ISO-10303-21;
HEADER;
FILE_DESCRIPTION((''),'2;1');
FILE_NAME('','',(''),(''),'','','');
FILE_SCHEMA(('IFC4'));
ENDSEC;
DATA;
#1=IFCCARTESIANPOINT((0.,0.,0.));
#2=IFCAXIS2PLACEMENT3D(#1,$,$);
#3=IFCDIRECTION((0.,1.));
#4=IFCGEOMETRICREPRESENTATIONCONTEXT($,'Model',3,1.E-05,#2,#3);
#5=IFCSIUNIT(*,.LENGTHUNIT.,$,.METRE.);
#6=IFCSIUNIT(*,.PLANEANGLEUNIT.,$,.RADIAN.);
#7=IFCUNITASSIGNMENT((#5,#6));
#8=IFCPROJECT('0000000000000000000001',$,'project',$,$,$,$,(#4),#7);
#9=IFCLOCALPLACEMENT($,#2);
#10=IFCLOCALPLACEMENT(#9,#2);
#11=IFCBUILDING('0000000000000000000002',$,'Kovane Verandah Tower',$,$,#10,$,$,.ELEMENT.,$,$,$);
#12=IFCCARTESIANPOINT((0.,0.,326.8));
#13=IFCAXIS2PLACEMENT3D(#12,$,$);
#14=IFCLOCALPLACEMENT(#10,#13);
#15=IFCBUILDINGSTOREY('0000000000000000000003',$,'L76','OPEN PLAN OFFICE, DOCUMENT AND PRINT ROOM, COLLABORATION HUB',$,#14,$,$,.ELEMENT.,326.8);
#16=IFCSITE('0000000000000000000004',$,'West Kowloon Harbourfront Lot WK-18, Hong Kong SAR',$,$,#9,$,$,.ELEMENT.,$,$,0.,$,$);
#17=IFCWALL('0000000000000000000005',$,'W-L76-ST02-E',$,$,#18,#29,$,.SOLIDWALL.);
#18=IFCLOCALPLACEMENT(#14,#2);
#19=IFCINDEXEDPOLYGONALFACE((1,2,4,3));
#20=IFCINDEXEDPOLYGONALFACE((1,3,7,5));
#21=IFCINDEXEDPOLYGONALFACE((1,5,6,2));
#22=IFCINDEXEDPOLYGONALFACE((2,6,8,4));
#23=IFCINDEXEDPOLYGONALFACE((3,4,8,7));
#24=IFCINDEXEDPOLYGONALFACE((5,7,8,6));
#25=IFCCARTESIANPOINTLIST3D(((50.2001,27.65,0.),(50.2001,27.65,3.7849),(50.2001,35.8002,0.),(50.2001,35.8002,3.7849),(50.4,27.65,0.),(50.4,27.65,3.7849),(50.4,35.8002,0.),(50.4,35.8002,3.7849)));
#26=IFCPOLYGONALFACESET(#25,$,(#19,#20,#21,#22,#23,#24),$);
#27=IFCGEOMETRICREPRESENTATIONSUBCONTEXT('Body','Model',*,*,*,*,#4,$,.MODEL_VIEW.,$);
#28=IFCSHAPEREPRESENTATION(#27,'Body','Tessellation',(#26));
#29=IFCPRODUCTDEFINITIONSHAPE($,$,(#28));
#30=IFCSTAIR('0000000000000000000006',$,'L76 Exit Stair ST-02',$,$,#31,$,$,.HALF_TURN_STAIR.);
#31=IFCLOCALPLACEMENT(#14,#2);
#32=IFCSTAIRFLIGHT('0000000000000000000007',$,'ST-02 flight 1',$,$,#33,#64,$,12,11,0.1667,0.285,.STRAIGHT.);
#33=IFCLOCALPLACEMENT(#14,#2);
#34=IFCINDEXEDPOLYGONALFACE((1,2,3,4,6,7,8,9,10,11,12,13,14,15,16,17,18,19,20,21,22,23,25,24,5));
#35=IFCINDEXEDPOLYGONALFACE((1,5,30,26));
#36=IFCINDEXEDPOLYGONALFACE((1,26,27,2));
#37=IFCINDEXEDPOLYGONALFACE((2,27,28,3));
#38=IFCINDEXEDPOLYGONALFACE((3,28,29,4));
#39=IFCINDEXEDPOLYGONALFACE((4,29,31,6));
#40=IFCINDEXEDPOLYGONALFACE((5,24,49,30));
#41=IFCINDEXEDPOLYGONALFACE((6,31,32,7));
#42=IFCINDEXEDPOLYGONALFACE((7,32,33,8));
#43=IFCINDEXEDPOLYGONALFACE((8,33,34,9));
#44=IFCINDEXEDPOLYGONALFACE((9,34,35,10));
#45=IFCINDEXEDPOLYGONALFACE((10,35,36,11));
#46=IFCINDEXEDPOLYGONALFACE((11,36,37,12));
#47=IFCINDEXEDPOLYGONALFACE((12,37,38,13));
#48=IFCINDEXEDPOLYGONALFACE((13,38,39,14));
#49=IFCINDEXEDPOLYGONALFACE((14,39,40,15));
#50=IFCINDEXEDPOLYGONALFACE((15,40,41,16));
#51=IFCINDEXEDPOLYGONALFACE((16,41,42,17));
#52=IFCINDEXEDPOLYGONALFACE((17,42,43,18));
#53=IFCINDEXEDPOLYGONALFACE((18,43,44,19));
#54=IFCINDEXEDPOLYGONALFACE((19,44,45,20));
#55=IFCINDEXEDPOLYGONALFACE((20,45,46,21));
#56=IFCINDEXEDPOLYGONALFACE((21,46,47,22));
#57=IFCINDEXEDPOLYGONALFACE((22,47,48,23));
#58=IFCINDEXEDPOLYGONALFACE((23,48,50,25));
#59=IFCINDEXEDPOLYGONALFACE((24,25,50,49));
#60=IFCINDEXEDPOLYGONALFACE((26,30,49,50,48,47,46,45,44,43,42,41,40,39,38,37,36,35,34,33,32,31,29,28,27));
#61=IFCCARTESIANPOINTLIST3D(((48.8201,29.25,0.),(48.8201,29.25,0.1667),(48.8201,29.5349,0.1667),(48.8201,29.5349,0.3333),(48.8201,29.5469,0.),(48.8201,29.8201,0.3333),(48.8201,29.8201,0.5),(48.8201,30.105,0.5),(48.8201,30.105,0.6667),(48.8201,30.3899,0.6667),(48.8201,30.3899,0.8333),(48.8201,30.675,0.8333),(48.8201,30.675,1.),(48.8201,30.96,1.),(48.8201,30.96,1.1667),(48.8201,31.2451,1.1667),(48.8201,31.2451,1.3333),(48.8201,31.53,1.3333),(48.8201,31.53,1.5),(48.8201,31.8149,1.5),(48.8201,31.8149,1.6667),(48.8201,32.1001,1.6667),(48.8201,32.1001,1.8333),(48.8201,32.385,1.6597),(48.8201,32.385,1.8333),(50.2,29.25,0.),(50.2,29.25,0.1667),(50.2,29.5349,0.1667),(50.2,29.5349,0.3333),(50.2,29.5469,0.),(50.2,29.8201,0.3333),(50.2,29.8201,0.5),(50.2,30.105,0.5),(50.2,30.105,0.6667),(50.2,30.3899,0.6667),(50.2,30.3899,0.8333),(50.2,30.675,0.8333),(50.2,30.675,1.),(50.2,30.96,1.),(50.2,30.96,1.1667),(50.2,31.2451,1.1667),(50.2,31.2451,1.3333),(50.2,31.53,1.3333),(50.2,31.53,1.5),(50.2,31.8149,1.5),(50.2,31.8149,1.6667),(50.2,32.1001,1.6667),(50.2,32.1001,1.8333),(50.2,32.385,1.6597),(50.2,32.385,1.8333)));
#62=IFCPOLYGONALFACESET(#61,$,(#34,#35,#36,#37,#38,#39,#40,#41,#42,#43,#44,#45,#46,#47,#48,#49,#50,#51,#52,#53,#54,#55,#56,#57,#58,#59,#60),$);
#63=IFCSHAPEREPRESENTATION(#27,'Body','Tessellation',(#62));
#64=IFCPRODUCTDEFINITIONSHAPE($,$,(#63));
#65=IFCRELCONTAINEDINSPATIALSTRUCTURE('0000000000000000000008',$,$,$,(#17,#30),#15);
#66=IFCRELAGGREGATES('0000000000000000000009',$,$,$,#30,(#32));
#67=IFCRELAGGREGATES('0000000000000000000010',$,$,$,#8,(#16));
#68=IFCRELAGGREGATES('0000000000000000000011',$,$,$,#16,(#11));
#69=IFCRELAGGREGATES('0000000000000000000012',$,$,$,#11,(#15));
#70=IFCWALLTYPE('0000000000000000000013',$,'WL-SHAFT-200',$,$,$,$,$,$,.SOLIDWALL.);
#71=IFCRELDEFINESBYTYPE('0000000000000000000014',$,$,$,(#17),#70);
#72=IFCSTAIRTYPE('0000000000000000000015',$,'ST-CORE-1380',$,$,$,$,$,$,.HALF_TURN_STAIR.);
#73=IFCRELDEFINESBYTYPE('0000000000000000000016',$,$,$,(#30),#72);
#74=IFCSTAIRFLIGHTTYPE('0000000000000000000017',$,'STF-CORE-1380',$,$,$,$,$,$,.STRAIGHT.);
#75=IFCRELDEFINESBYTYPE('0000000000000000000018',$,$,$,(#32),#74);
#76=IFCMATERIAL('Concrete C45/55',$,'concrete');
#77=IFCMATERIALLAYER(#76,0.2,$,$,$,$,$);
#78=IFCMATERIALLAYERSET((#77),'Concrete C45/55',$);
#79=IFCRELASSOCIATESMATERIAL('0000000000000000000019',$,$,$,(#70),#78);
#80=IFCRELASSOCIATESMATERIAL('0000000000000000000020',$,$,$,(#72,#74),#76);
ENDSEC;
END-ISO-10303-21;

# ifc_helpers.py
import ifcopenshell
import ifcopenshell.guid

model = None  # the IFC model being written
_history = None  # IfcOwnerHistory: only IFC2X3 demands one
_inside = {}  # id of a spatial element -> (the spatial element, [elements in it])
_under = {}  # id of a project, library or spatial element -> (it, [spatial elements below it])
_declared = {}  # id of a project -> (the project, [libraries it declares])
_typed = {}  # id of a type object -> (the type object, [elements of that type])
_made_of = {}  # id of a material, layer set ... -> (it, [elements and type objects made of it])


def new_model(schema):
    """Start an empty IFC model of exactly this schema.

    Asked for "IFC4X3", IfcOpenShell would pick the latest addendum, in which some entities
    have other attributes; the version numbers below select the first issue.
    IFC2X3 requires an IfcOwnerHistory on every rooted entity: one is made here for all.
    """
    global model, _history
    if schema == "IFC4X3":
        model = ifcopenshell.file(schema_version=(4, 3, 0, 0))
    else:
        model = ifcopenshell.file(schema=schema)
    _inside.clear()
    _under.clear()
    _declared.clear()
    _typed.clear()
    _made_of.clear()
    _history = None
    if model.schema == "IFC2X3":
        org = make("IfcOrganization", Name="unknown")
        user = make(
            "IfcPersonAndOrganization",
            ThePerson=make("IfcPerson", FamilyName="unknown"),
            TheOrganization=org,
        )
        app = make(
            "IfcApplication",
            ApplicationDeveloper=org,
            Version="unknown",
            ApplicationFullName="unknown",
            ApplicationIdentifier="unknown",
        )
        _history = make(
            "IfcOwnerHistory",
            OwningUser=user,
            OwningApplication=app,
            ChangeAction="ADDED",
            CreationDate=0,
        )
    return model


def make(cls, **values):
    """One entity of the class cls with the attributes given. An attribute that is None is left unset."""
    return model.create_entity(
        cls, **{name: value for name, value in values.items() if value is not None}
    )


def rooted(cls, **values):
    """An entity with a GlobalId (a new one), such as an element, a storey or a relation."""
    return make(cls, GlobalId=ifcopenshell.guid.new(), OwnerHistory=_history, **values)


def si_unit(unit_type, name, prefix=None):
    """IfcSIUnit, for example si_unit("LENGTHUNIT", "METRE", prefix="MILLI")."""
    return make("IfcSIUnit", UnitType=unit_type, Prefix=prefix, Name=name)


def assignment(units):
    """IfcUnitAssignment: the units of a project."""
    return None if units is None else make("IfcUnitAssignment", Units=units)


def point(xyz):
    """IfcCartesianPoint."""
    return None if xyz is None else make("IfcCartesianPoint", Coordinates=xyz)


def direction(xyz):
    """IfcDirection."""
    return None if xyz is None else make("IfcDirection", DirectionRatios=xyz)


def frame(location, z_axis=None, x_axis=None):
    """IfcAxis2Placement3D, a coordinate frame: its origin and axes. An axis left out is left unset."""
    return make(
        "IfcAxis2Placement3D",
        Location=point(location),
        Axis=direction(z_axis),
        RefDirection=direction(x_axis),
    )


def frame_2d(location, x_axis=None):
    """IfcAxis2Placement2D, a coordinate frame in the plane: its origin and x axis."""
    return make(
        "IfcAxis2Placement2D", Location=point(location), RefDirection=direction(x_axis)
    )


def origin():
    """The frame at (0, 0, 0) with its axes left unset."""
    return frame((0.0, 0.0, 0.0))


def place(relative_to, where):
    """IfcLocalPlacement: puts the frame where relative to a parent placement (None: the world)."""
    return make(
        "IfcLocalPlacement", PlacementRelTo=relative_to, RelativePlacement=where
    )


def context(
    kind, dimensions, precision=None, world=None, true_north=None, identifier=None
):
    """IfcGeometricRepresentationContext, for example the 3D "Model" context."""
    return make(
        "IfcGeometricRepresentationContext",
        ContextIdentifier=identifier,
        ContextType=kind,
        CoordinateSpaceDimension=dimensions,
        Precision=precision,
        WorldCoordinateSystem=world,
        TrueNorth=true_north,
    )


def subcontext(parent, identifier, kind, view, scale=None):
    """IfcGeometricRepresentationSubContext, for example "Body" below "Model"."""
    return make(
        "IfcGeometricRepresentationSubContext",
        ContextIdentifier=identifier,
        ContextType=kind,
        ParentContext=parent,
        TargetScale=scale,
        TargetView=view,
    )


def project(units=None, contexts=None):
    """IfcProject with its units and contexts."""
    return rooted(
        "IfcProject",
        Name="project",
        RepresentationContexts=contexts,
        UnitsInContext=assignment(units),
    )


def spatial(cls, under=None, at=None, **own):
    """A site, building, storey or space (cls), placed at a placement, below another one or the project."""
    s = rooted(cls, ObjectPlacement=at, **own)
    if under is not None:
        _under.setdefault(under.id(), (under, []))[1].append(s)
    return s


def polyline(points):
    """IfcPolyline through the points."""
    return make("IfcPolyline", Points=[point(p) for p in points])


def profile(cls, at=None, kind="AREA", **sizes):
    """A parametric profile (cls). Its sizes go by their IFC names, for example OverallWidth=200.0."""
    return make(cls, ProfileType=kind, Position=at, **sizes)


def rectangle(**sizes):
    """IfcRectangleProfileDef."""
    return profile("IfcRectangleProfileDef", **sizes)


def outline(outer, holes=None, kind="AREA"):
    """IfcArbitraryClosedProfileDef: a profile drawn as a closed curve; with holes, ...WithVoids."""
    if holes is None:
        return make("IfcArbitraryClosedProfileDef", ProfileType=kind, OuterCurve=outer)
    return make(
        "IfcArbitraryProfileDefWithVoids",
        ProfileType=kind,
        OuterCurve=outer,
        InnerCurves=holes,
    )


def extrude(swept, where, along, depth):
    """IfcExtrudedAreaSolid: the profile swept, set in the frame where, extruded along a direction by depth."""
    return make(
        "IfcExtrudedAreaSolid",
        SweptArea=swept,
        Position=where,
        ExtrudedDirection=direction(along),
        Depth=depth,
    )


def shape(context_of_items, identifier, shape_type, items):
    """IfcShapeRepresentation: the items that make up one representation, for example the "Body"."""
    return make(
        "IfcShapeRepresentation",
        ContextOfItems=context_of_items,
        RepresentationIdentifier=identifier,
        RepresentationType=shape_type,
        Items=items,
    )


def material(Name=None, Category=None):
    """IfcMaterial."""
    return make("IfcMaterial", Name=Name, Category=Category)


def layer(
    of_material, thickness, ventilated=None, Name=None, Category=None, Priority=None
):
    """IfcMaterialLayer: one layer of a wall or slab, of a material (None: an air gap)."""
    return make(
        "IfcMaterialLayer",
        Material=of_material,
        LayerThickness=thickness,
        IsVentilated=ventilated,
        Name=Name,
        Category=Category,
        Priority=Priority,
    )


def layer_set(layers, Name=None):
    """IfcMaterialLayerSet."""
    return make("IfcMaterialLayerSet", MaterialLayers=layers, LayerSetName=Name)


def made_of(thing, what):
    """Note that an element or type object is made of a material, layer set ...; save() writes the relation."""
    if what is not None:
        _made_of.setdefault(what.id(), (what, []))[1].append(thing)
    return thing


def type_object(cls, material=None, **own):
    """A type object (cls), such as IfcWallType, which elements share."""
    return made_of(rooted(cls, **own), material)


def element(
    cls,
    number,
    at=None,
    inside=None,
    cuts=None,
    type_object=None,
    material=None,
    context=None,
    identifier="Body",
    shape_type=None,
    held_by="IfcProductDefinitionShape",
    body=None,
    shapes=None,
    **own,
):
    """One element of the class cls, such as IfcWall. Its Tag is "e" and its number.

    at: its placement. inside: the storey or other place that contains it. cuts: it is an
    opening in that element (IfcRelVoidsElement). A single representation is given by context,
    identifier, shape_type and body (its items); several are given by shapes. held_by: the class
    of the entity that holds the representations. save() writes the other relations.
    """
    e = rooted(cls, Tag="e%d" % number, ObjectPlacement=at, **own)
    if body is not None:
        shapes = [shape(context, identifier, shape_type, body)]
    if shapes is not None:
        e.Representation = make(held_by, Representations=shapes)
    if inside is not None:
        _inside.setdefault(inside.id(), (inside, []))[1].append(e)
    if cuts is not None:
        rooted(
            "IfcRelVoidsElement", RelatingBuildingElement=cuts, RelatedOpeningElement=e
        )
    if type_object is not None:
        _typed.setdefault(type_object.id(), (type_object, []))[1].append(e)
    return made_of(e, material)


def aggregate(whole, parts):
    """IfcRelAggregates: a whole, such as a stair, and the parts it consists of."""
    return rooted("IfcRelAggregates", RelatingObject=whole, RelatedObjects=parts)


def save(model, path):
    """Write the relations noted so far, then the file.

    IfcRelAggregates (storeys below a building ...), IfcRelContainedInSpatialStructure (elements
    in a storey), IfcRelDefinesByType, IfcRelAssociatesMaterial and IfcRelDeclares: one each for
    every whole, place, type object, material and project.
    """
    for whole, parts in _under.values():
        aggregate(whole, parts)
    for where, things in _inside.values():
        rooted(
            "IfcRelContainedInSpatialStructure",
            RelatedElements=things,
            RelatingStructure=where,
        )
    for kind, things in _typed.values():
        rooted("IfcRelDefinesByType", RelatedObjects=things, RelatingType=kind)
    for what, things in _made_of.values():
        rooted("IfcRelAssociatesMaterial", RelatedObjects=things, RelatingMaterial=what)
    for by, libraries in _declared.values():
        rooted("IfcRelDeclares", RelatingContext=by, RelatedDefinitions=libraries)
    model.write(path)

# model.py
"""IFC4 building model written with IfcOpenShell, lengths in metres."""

from ifc_helpers import new_model, si_unit, direction, frame, frame_2d, origin, place, context, subcontext, project, spatial, polyline, rectangle, outline, extrude, material, layer, layer_set, type_object, element, aggregate, save


model = new_model("IFC4")

# Units and contexts
model_context = context("Model", 3, precision=1e-05, world=origin(), true_north=direction((0.0, 1.0)))
body_context = subcontext(model_context, "Body", "Model", "MODEL_VIEW")
ifc_project = project(units=[si_unit("LENGTHUNIT", "METRE"), si_unit("PLANEANGLEUNIT", "RADIAN")], contexts=[model_context])

# Site, building, storey
site_placement = place(None, origin())
site = spatial("IfcSite", under=ifc_project, at=site_placement, Name="West Kowloon Harbourfront Lot WK-18, Hong Kong SAR", CompositionType="ELEMENT", RefElevation=0.0)
building_placement = place(site_placement, origin())
building = spatial("IfcBuilding", under=site, at=building_placement, Name="Kovane Verandah Tower", CompositionType="ELEMENT")
storey_placement = place(building_placement, frame((0.0, 0.0, 326.8)))
storey = spatial("IfcBuildingStorey", under=building, at=storey_placement, Name="L76", Description="OPEN PLAN OFFICE, DOCUMENT AND PRINT ROOM, COLLABORATION HUB", CompositionType="ELEMENT", Elevation=326.8)

# Wall
ifc_material_1 = material(Name="Concrete C45/55", Category="concrete")
ifc_layer_1 = layer(ifc_material_1, 0.2)
ifc_layer_set_1 = layer_set([ifc_layer_1], Name="Concrete C45/55")
wall_type_1 = type_object("IfcWallType", Name="WL-SHAFT-200", PredefinedType="SOLIDWALL", material=ifc_layer_set_1)
wall_1_placement = place(storey_placement, frame((50.3, 27.6499, 0.0), z_axis=(0.0, 0.0, 1.0), x_axis=(0.0, 1.0, 0.0)))
element("IfcWall", 1, at=wall_1_placement, inside=storey, type_object=wall_type_1, Name="W-L76-ST02-E", PredefinedType="SOLIDWALL", context=body_context, shape_type="SweptSolid", body=[
    extrude(rectangle(XDim=8.1501, YDim=0.2, at=frame_2d((4.0752, 0.0))), origin(), (0.0, 0.0, 1.0), 3.7849),
])

# Stair, stair flight
stair_type = type_object("IfcStairType", Name="ST-CORE-1380", PredefinedType="HALF_TURN_STAIR", material=ifc_material_1)
stair_placement = place(storey_placement, origin())
stair = element("IfcStair", 2, at=stair_placement, inside=storey, type_object=stair_type, Name="L76 Exit Stair ST-02", PredefinedType="HALF_TURN_STAIR")
stair_flight_type = type_object("IfcStairFlightType", Name="STF-CORE-1380", PredefinedType="STRAIGHT", material=ifc_material_1)
stair_flight_placement = place(storey_placement, frame((49.51, 29.25, 0.0), z_axis=(0.0, 0.0, 1.0), x_axis=(0.0, 1.0, 0.0)))
stair_flight = element("IfcStairFlight", 3, at=stair_flight_placement, type_object=stair_flight_type, Name="ST-02 flight 1", NumberOfRisers=12, NumberOfTreads=11, PredefinedType="STRAIGHT", RiserHeight=0.1667, TreadLength=0.285, context=body_context, shape_type="SweptSolid", body=[
    extrude(outline(polyline([(0.0, 0.0), (0.0, 0.1667), (0.2849, 0.1667), (0.2849, 0.3333), (0.5701, 0.3333), (0.5701, 0.5), (0.855, 0.5), (0.855, 0.6667), (1.1399, 0.6667), (1.1399, 0.8333), (1.425, 0.8333), (1.425, 1.0), (1.71, 1.0), (1.71, 1.1667), (1.9951, 1.1667), (1.9951, 1.3333), (2.28, 1.3333), (2.28, 1.5), (2.5649, 1.5), (2.5649, 1.6667), (2.8501, 1.6667), (2.8501, 1.8333), (3.135, 1.8333), (3.135, 2.0), (3.135, 1.6597), (0.2969, 0.0), (0.0, 0.0)])), frame((0.0, 0.6899, 0.0), z_axis=(0.0, -1.0, 0.0), x_axis=(1.0, 0.0, 0.0)), (0.0, 0.0, 1.0), 1.3799),
])
aggregate(stair, [stair_flight])

save(model, "model.ifc")
